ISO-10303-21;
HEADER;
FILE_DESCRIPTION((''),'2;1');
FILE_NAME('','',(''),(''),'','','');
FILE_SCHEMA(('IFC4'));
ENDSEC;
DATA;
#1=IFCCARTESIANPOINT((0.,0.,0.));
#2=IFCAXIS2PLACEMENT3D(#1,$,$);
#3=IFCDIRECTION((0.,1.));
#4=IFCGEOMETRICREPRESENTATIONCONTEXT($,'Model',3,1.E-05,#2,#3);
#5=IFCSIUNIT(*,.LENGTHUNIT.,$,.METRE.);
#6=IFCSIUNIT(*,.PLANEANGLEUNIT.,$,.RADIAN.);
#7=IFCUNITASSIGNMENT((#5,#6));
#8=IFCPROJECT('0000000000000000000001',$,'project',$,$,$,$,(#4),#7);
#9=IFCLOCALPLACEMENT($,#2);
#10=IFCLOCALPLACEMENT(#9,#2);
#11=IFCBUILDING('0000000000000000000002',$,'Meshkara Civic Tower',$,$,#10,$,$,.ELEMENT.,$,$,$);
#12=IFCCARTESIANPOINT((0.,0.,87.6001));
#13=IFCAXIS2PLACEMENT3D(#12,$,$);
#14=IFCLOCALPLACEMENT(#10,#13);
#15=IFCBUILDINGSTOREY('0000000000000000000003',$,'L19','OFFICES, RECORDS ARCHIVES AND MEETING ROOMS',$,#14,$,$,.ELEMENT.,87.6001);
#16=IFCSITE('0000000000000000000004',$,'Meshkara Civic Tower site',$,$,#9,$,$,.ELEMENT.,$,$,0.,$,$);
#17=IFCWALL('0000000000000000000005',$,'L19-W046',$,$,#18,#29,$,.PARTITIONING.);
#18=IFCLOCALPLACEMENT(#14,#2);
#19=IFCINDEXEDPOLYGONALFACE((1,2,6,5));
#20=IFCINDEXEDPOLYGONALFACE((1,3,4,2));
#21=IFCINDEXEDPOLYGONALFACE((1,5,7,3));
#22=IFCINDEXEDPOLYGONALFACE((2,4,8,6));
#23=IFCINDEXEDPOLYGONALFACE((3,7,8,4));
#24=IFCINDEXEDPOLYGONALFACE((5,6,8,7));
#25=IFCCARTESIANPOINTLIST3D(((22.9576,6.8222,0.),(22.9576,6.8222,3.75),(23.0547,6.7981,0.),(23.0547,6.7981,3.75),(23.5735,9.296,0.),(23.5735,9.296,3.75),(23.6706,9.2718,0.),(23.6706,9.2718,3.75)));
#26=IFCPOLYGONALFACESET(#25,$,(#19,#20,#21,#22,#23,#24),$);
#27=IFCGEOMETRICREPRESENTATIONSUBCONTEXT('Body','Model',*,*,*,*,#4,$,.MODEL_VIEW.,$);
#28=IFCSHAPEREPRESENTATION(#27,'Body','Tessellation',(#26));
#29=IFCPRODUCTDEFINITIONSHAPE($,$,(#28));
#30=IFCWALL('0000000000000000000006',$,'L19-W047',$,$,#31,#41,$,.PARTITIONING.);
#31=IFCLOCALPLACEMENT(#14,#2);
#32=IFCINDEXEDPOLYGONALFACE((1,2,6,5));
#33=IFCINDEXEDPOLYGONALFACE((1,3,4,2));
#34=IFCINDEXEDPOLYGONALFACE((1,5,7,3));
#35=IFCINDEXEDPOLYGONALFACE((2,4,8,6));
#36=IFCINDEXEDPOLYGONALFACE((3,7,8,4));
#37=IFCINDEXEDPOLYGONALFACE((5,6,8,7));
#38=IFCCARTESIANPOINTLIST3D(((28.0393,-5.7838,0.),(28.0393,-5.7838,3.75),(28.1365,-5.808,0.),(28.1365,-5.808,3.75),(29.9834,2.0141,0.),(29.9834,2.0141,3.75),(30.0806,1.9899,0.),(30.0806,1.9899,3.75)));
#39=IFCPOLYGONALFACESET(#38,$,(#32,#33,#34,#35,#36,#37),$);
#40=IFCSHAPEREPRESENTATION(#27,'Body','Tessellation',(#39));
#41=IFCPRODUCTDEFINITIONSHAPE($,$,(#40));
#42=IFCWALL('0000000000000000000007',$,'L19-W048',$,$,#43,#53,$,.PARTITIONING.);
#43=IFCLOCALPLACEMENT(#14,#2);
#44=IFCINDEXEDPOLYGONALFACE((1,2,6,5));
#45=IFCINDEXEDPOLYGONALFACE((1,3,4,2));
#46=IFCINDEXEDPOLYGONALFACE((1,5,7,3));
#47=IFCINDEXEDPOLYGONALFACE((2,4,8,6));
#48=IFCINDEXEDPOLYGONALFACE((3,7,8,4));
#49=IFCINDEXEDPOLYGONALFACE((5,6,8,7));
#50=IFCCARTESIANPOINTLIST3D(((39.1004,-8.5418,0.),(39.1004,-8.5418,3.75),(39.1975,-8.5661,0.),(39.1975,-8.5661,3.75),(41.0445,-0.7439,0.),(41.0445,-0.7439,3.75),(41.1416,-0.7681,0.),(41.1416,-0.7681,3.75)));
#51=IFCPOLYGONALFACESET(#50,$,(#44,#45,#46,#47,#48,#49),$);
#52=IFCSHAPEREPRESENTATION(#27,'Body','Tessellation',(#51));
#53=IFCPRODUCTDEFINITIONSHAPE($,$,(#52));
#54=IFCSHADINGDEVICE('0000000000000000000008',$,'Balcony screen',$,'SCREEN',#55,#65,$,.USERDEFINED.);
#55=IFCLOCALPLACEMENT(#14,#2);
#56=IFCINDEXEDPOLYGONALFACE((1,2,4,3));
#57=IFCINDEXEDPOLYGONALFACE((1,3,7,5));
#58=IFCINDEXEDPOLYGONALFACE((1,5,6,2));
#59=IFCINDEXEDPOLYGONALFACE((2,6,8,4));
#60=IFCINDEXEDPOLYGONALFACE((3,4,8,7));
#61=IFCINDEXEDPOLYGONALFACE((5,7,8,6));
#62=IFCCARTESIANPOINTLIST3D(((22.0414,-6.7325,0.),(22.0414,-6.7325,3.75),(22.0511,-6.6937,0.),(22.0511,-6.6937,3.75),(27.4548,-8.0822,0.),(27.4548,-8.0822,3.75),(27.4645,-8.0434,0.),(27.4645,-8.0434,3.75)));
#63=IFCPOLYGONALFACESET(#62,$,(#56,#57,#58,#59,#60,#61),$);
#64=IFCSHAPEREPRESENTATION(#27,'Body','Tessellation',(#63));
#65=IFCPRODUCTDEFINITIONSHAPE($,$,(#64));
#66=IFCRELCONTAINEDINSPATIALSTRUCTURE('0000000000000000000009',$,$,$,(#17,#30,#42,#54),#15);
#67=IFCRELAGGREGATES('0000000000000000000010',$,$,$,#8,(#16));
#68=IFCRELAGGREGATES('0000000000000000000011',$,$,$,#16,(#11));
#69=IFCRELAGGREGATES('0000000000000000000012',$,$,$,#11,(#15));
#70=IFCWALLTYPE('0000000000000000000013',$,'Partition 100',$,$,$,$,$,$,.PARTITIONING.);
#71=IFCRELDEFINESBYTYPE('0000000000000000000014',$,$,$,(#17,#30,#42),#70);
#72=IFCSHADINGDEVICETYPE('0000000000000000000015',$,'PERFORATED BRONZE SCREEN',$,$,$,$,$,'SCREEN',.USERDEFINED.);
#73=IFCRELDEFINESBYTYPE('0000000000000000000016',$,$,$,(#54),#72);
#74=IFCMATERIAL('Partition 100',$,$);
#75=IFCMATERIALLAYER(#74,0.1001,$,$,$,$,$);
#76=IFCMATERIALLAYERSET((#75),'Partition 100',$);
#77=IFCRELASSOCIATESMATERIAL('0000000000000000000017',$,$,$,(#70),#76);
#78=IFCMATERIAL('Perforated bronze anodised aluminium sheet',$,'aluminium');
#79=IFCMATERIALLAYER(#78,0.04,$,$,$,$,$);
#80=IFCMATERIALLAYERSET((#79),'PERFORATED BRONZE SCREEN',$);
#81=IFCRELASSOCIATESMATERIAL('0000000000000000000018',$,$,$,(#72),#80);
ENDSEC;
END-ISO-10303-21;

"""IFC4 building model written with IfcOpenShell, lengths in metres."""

from ifc_helpers import new_model, si_unit, direction, frame, frame_2d, origin, origin_2d, place, context, subcontext, project, spatial, rectangle, extrude, material, layer, layer_set, type_object, element, save


model = new_model("IFC4")

# Units and contexts
model_context = context("Model", 3, precision=1e-05, world=origin(), true_north=direction((0.0, 1.0)))
body_context = subcontext(model_context, "Body", "Model", "MODEL_VIEW")
ifc_project = project(units=[si_unit("LENGTHUNIT", "METRE"), si_unit("PLANEANGLEUNIT", "RADIAN")], contexts=[model_context])

# Site, building, storey
site_placement = place(None, origin())
site = spatial("IfcSite", under=ifc_project, at=site_placement, Name="Meshkara Civic Tower site", CompositionType="ELEMENT", RefElevation=0.0)
building_placement = place(site_placement, origin())
building = spatial("IfcBuilding", under=site, at=building_placement, Name="Meshkara Civic Tower", CompositionType="ELEMENT")
storey_placement = place(building_placement, frame((0.0, 0.0, 87.6001)))
storey = spatial("IfcBuildingStorey", under=building, at=storey_placement, Name="L19", Description="OFFICES, RECORDS ARCHIVES AND MEETING ROOMS", CompositionType="ELEMENT", Elevation=87.6001)

# Walls
ifc_material_1 = material(Name="Partition 100")
ifc_layer_1 = layer(ifc_material_1, 0.1001)
ifc_layer_set_1 = layer_set([ifc_layer_1], Name="Partition 100")
wall_type_1 = type_object("IfcWallType", Name="Partition 100", PredefinedType="PARTITIONING", material=ifc_layer_set_1)
wall_1_placement = place(storey_placement, frame((23.6221, 9.2839, 0.0), z_axis=(0.0, 0.0, 1.0), x_axis=(-0.241612, -0.970373, 0.0)))
element("IfcWall", 1, at=wall_1_placement, inside=storey, type_object=wall_type_1, Name="L19-W046", PredefinedType="PARTITIONING", context=body_context, shape_type="SweptSolid", body=[
    extrude(rectangle(XDim=2.5493, YDim=0.1001, at=frame_2d((1.2747, 0.0))), origin(), (0.0, 0.0, 1.0), 3.75),
])
for number, where, z_axis, x_axis, name in (
    (2, (28.0879, -5.7959, 0.0), (0.0, 0.0, 1.0), (0.241907, 0.9703, 0.0), "L19-W047"),
    (3, (39.1489, -8.554, 0.0), (0.0, 0.0, 1.0), (0.241907, 0.9703, 0.0), "L19-W048"),
):
    element("IfcWall", number, at=place(storey_placement, frame(where, z_axis=z_axis, x_axis=x_axis)), inside=storey, type_object=wall_type_1, Name=name, PredefinedType="PARTITIONING", context=body_context, shape_type="SweptSolid", body=[
        extrude(rectangle(XDim=8.0366, YDim=0.1001, at=frame_2d((4.0183, 0.0))), origin(), (0.0, 0.0, 1.0), 3.75),
    ])

# Shading device
ifc_material_2 = material(Name="Perforated bronze anodised aluminium sheet", Category="aluminium")
ifc_layer_2 = layer(ifc_material_2, 0.04)
ifc_layer_set_2 = layer_set([ifc_layer_2], Name="PERFORATED BRONZE SCREEN")
shading_device_type = type_object("IfcShadingDeviceType", Name="PERFORATED BRONZE SCREEN", ElementType="SCREEN", PredefinedType="USERDEFINED", material=ifc_layer_set_2)
shading_device_placement = place(storey_placement, frame((24.7529, -7.3879, 0.0), z_axis=(0.0, 0.0, 1.0), x_axis=(0.970296, -0.241922, 0.0)))
element("IfcShadingDevice", 4, at=shading_device_placement, inside=storey, type_object=shading_device_type, Name="Balcony screen", ObjectType="SCREEN", PredefinedType="USERDEFINED", context=body_context, shape_type="SweptSolid", body=[
    extrude(rectangle(XDim=5.5791, YDim=0.04, at=origin_2d()), origin(), (0.0, 0.0, 1.0), 3.75),
])

save(model, "model.ifc")
